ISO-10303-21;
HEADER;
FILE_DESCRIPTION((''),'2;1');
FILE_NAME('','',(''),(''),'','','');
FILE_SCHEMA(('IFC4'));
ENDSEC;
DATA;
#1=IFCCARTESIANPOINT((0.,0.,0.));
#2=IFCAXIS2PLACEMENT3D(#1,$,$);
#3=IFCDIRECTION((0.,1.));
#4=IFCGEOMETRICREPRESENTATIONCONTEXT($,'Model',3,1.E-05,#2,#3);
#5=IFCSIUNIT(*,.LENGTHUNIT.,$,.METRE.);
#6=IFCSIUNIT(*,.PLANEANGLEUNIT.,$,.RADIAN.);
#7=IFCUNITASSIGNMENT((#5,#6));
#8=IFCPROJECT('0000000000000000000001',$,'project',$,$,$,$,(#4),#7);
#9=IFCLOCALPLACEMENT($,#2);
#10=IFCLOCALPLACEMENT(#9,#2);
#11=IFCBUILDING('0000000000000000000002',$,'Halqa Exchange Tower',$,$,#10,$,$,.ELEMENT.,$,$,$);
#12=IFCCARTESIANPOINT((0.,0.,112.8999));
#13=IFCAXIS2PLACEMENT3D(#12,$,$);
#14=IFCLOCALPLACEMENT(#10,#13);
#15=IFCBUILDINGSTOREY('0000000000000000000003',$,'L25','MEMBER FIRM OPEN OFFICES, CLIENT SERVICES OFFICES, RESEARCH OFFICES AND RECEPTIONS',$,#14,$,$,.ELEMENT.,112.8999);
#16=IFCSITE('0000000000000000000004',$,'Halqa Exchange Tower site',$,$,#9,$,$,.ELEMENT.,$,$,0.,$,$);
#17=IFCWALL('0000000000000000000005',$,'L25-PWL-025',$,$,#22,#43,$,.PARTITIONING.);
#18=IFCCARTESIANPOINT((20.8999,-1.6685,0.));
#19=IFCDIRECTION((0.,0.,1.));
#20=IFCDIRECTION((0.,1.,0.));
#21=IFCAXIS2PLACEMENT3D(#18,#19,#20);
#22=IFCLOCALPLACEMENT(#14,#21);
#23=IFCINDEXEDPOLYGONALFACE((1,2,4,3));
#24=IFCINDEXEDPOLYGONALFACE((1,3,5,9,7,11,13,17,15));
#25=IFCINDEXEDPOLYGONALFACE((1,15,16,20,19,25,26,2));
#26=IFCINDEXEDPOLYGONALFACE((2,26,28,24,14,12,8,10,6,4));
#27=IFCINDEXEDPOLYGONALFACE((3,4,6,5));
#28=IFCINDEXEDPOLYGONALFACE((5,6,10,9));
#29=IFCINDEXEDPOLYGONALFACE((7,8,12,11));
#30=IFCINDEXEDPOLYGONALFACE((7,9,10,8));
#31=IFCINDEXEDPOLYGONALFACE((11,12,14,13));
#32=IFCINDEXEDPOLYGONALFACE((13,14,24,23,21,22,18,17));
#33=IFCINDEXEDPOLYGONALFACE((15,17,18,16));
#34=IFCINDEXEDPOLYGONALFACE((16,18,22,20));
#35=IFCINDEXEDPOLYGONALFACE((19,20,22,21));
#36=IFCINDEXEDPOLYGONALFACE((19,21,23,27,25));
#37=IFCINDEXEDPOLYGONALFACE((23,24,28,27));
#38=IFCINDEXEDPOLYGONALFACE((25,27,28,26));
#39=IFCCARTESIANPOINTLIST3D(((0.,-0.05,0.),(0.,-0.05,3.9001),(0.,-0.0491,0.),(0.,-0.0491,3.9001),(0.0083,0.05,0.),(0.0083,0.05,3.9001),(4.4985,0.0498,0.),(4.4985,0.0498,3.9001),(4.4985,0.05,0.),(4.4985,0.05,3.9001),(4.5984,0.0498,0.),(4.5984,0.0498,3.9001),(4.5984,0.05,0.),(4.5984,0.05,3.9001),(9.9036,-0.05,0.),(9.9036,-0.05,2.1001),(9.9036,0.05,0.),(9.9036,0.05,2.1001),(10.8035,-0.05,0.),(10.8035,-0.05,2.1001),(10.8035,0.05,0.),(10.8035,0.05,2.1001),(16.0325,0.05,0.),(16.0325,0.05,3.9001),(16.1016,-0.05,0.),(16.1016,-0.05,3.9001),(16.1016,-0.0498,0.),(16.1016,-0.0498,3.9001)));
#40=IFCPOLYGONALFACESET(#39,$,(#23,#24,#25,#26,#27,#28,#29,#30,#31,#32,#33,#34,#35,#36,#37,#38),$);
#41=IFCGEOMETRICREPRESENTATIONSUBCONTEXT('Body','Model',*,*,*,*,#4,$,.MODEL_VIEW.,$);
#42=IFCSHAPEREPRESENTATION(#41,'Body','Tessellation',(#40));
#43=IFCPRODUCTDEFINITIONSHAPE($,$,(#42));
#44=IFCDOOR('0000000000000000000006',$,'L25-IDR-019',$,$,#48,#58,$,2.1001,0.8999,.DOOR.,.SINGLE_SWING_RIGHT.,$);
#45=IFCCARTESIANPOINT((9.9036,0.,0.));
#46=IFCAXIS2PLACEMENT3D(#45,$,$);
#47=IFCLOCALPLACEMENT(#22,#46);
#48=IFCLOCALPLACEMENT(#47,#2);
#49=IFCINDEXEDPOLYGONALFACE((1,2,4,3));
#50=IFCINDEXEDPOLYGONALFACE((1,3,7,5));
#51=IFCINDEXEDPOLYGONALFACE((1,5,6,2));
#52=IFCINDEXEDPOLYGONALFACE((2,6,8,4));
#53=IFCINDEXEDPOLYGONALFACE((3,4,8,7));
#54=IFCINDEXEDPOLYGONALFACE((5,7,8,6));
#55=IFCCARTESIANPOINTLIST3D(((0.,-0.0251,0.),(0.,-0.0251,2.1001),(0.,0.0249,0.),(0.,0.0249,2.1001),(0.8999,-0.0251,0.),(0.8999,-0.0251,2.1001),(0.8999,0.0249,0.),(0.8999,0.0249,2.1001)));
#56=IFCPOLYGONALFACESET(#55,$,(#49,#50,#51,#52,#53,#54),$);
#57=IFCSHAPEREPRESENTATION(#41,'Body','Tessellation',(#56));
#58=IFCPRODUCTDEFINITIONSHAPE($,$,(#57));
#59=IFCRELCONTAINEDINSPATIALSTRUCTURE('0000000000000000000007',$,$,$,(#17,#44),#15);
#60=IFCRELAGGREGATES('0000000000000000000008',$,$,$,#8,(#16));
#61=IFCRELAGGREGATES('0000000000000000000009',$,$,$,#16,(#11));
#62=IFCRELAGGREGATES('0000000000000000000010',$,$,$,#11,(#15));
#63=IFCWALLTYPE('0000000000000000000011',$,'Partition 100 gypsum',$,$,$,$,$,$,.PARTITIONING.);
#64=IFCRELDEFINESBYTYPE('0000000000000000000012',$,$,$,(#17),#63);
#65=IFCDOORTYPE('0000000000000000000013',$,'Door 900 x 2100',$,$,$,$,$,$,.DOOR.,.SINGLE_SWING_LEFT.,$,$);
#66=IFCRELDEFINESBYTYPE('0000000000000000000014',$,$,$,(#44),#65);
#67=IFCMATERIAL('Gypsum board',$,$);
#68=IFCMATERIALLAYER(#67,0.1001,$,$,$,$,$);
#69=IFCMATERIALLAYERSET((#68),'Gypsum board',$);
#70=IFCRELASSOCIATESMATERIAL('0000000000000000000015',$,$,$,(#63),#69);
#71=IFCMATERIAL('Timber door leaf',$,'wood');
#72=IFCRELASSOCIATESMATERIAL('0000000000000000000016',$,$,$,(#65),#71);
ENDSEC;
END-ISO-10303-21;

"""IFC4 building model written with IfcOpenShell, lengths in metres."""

from ifc_helpers import new_model, si_unit, direction, frame, frame_2d, origin, place, context, subcontext, project, spatial, polyline, rectangle, outline, extrude, material, layer, layer_set, type_object, element, fill, save


model = new_model("IFC4")

# Units and contexts
model_context = context("Model", 3, precision=1e-05, world=origin(), true_north=direction((0.0, 1.0)))
body_context = subcontext(model_context, "Body", "Model", "MODEL_VIEW")
ifc_project = project(units=[si_unit("LENGTHUNIT", "METRE"), si_unit("PLANEANGLEUNIT", "RADIAN")], contexts=[model_context])

# Site, building, storey
site_placement = place(None, origin())
site = spatial("IfcSite", under=ifc_project, at=site_placement, Name="Halqa Exchange Tower site", CompositionType="ELEMENT", RefElevation=0.0)
building_placement = place(site_placement, origin())
building = spatial("IfcBuilding", under=site, at=building_placement, Name="Halqa Exchange Tower", CompositionType="ELEMENT")
storey_placement = place(building_placement, frame((0.0, 0.0, 112.8999)))
storey = spatial("IfcBuildingStorey", under=building, at=storey_placement, Name="L25", Description="MEMBER FIRM OPEN OFFICES, CLIENT SERVICES OFFICES, RESEARCH OFFICES AND RECEPTIONS", CompositionType="ELEMENT", Elevation=112.8999)

# Wall, opening, door
ifc_material_1 = material(Name="Gypsum board")
ifc_layer_1 = layer(ifc_material_1, 0.1001)
ifc_layer_set_1 = layer_set([ifc_layer_1], Name="Gypsum board")
wall_type_1 = type_object("IfcWallType", Name="Partition 100 gypsum", PredefinedType="PARTITIONING", material=ifc_layer_set_1)
ifc_material_2 = material(Name="Timber door leaf", Category="wood")
door_type_1 = type_object("IfcDoorType", Name="Door 900 x 2100", OperationType="SINGLE_SWING_LEFT", PredefinedType="DOOR", material=ifc_material_2)
wall_1_placement = place(storey_placement, frame((20.8999, -1.6685, 0.0), z_axis=(0.0, 0.0, 1.0), x_axis=(0.0, 1.0, 0.0)))
wall_1 = element("IfcWall", 1, at=wall_1_placement, inside=storey, type_object=wall_type_1, Name="L25-PWL-025", PredefinedType="PARTITIONING", context=body_context, shape_type="SweptSolid", body=[
    extrude(outline(polyline([(16.1016, -0.05), (16.1016, -0.0498), (16.0325, 0.05), (14.1267, 0.05), (12.2212, 0.05), (10.3154, 0.05), (8.4099, 0.05), (6.5042, 0.05), (4.5984, 0.05), (4.5984, 0.0498), (4.4985, 0.0498), (4.4985, 0.05), (3.0017, 0.05), (1.5051, 0.05), (0.0083, 0.05), (0.0, -0.0491), (0.0, -0.05), (1.7891, -0.05), (3.5781, -0.05), (5.3672, -0.05), (7.1562, -0.05), (8.9453, -0.05), (10.7344, -0.05), (12.5234, -0.05), (14.3125, -0.05), (16.1016, -0.05)])), origin(), (0.0, 0.0, 1.0), 3.9001),
])
opening_1_placement = place(wall_1_placement, frame((9.9036, 0.0, 0.0)))
opening_1 = element("IfcOpeningElement", 2, at=opening_1_placement, cuts=wall_1, PredefinedType="OPENING", context=body_context, shape_type="SweptSolid", body=[
    extrude(rectangle(XDim=0.8999, YDim=2.1001, at=frame_2d((0.45, 1.05))), frame((0.0, 0.062, 0.0), z_axis=(0.0, -1.0, 0.0), x_axis=(1.0, 0.0, 0.0)), (0.0, 0.0, 1.0), 0.124),
])
door_1_placement = place(opening_1_placement, origin())
door_1 = element("IfcDoor", 3, at=door_1_placement, inside=storey, type_object=door_type_1, Name="L25-IDR-019", OperationType="SINGLE_SWING_RIGHT", OverallHeight=2.1001, OverallWidth=0.8999, PredefinedType="DOOR", context=body_context, shape_type="SweptSolid", body=[
    extrude(rectangle(XDim=0.8999, YDim=2.1001, at=frame_2d((0.45, 1.05))), frame((0.0, 0.0249, 0.0), z_axis=(0.0, -1.0, 0.0), x_axis=(1.0, 0.0, 0.0)), (0.0, 0.0, 1.0), 0.05),
])
fill(opening_1, door_1)

save(model, "model.ifc")
